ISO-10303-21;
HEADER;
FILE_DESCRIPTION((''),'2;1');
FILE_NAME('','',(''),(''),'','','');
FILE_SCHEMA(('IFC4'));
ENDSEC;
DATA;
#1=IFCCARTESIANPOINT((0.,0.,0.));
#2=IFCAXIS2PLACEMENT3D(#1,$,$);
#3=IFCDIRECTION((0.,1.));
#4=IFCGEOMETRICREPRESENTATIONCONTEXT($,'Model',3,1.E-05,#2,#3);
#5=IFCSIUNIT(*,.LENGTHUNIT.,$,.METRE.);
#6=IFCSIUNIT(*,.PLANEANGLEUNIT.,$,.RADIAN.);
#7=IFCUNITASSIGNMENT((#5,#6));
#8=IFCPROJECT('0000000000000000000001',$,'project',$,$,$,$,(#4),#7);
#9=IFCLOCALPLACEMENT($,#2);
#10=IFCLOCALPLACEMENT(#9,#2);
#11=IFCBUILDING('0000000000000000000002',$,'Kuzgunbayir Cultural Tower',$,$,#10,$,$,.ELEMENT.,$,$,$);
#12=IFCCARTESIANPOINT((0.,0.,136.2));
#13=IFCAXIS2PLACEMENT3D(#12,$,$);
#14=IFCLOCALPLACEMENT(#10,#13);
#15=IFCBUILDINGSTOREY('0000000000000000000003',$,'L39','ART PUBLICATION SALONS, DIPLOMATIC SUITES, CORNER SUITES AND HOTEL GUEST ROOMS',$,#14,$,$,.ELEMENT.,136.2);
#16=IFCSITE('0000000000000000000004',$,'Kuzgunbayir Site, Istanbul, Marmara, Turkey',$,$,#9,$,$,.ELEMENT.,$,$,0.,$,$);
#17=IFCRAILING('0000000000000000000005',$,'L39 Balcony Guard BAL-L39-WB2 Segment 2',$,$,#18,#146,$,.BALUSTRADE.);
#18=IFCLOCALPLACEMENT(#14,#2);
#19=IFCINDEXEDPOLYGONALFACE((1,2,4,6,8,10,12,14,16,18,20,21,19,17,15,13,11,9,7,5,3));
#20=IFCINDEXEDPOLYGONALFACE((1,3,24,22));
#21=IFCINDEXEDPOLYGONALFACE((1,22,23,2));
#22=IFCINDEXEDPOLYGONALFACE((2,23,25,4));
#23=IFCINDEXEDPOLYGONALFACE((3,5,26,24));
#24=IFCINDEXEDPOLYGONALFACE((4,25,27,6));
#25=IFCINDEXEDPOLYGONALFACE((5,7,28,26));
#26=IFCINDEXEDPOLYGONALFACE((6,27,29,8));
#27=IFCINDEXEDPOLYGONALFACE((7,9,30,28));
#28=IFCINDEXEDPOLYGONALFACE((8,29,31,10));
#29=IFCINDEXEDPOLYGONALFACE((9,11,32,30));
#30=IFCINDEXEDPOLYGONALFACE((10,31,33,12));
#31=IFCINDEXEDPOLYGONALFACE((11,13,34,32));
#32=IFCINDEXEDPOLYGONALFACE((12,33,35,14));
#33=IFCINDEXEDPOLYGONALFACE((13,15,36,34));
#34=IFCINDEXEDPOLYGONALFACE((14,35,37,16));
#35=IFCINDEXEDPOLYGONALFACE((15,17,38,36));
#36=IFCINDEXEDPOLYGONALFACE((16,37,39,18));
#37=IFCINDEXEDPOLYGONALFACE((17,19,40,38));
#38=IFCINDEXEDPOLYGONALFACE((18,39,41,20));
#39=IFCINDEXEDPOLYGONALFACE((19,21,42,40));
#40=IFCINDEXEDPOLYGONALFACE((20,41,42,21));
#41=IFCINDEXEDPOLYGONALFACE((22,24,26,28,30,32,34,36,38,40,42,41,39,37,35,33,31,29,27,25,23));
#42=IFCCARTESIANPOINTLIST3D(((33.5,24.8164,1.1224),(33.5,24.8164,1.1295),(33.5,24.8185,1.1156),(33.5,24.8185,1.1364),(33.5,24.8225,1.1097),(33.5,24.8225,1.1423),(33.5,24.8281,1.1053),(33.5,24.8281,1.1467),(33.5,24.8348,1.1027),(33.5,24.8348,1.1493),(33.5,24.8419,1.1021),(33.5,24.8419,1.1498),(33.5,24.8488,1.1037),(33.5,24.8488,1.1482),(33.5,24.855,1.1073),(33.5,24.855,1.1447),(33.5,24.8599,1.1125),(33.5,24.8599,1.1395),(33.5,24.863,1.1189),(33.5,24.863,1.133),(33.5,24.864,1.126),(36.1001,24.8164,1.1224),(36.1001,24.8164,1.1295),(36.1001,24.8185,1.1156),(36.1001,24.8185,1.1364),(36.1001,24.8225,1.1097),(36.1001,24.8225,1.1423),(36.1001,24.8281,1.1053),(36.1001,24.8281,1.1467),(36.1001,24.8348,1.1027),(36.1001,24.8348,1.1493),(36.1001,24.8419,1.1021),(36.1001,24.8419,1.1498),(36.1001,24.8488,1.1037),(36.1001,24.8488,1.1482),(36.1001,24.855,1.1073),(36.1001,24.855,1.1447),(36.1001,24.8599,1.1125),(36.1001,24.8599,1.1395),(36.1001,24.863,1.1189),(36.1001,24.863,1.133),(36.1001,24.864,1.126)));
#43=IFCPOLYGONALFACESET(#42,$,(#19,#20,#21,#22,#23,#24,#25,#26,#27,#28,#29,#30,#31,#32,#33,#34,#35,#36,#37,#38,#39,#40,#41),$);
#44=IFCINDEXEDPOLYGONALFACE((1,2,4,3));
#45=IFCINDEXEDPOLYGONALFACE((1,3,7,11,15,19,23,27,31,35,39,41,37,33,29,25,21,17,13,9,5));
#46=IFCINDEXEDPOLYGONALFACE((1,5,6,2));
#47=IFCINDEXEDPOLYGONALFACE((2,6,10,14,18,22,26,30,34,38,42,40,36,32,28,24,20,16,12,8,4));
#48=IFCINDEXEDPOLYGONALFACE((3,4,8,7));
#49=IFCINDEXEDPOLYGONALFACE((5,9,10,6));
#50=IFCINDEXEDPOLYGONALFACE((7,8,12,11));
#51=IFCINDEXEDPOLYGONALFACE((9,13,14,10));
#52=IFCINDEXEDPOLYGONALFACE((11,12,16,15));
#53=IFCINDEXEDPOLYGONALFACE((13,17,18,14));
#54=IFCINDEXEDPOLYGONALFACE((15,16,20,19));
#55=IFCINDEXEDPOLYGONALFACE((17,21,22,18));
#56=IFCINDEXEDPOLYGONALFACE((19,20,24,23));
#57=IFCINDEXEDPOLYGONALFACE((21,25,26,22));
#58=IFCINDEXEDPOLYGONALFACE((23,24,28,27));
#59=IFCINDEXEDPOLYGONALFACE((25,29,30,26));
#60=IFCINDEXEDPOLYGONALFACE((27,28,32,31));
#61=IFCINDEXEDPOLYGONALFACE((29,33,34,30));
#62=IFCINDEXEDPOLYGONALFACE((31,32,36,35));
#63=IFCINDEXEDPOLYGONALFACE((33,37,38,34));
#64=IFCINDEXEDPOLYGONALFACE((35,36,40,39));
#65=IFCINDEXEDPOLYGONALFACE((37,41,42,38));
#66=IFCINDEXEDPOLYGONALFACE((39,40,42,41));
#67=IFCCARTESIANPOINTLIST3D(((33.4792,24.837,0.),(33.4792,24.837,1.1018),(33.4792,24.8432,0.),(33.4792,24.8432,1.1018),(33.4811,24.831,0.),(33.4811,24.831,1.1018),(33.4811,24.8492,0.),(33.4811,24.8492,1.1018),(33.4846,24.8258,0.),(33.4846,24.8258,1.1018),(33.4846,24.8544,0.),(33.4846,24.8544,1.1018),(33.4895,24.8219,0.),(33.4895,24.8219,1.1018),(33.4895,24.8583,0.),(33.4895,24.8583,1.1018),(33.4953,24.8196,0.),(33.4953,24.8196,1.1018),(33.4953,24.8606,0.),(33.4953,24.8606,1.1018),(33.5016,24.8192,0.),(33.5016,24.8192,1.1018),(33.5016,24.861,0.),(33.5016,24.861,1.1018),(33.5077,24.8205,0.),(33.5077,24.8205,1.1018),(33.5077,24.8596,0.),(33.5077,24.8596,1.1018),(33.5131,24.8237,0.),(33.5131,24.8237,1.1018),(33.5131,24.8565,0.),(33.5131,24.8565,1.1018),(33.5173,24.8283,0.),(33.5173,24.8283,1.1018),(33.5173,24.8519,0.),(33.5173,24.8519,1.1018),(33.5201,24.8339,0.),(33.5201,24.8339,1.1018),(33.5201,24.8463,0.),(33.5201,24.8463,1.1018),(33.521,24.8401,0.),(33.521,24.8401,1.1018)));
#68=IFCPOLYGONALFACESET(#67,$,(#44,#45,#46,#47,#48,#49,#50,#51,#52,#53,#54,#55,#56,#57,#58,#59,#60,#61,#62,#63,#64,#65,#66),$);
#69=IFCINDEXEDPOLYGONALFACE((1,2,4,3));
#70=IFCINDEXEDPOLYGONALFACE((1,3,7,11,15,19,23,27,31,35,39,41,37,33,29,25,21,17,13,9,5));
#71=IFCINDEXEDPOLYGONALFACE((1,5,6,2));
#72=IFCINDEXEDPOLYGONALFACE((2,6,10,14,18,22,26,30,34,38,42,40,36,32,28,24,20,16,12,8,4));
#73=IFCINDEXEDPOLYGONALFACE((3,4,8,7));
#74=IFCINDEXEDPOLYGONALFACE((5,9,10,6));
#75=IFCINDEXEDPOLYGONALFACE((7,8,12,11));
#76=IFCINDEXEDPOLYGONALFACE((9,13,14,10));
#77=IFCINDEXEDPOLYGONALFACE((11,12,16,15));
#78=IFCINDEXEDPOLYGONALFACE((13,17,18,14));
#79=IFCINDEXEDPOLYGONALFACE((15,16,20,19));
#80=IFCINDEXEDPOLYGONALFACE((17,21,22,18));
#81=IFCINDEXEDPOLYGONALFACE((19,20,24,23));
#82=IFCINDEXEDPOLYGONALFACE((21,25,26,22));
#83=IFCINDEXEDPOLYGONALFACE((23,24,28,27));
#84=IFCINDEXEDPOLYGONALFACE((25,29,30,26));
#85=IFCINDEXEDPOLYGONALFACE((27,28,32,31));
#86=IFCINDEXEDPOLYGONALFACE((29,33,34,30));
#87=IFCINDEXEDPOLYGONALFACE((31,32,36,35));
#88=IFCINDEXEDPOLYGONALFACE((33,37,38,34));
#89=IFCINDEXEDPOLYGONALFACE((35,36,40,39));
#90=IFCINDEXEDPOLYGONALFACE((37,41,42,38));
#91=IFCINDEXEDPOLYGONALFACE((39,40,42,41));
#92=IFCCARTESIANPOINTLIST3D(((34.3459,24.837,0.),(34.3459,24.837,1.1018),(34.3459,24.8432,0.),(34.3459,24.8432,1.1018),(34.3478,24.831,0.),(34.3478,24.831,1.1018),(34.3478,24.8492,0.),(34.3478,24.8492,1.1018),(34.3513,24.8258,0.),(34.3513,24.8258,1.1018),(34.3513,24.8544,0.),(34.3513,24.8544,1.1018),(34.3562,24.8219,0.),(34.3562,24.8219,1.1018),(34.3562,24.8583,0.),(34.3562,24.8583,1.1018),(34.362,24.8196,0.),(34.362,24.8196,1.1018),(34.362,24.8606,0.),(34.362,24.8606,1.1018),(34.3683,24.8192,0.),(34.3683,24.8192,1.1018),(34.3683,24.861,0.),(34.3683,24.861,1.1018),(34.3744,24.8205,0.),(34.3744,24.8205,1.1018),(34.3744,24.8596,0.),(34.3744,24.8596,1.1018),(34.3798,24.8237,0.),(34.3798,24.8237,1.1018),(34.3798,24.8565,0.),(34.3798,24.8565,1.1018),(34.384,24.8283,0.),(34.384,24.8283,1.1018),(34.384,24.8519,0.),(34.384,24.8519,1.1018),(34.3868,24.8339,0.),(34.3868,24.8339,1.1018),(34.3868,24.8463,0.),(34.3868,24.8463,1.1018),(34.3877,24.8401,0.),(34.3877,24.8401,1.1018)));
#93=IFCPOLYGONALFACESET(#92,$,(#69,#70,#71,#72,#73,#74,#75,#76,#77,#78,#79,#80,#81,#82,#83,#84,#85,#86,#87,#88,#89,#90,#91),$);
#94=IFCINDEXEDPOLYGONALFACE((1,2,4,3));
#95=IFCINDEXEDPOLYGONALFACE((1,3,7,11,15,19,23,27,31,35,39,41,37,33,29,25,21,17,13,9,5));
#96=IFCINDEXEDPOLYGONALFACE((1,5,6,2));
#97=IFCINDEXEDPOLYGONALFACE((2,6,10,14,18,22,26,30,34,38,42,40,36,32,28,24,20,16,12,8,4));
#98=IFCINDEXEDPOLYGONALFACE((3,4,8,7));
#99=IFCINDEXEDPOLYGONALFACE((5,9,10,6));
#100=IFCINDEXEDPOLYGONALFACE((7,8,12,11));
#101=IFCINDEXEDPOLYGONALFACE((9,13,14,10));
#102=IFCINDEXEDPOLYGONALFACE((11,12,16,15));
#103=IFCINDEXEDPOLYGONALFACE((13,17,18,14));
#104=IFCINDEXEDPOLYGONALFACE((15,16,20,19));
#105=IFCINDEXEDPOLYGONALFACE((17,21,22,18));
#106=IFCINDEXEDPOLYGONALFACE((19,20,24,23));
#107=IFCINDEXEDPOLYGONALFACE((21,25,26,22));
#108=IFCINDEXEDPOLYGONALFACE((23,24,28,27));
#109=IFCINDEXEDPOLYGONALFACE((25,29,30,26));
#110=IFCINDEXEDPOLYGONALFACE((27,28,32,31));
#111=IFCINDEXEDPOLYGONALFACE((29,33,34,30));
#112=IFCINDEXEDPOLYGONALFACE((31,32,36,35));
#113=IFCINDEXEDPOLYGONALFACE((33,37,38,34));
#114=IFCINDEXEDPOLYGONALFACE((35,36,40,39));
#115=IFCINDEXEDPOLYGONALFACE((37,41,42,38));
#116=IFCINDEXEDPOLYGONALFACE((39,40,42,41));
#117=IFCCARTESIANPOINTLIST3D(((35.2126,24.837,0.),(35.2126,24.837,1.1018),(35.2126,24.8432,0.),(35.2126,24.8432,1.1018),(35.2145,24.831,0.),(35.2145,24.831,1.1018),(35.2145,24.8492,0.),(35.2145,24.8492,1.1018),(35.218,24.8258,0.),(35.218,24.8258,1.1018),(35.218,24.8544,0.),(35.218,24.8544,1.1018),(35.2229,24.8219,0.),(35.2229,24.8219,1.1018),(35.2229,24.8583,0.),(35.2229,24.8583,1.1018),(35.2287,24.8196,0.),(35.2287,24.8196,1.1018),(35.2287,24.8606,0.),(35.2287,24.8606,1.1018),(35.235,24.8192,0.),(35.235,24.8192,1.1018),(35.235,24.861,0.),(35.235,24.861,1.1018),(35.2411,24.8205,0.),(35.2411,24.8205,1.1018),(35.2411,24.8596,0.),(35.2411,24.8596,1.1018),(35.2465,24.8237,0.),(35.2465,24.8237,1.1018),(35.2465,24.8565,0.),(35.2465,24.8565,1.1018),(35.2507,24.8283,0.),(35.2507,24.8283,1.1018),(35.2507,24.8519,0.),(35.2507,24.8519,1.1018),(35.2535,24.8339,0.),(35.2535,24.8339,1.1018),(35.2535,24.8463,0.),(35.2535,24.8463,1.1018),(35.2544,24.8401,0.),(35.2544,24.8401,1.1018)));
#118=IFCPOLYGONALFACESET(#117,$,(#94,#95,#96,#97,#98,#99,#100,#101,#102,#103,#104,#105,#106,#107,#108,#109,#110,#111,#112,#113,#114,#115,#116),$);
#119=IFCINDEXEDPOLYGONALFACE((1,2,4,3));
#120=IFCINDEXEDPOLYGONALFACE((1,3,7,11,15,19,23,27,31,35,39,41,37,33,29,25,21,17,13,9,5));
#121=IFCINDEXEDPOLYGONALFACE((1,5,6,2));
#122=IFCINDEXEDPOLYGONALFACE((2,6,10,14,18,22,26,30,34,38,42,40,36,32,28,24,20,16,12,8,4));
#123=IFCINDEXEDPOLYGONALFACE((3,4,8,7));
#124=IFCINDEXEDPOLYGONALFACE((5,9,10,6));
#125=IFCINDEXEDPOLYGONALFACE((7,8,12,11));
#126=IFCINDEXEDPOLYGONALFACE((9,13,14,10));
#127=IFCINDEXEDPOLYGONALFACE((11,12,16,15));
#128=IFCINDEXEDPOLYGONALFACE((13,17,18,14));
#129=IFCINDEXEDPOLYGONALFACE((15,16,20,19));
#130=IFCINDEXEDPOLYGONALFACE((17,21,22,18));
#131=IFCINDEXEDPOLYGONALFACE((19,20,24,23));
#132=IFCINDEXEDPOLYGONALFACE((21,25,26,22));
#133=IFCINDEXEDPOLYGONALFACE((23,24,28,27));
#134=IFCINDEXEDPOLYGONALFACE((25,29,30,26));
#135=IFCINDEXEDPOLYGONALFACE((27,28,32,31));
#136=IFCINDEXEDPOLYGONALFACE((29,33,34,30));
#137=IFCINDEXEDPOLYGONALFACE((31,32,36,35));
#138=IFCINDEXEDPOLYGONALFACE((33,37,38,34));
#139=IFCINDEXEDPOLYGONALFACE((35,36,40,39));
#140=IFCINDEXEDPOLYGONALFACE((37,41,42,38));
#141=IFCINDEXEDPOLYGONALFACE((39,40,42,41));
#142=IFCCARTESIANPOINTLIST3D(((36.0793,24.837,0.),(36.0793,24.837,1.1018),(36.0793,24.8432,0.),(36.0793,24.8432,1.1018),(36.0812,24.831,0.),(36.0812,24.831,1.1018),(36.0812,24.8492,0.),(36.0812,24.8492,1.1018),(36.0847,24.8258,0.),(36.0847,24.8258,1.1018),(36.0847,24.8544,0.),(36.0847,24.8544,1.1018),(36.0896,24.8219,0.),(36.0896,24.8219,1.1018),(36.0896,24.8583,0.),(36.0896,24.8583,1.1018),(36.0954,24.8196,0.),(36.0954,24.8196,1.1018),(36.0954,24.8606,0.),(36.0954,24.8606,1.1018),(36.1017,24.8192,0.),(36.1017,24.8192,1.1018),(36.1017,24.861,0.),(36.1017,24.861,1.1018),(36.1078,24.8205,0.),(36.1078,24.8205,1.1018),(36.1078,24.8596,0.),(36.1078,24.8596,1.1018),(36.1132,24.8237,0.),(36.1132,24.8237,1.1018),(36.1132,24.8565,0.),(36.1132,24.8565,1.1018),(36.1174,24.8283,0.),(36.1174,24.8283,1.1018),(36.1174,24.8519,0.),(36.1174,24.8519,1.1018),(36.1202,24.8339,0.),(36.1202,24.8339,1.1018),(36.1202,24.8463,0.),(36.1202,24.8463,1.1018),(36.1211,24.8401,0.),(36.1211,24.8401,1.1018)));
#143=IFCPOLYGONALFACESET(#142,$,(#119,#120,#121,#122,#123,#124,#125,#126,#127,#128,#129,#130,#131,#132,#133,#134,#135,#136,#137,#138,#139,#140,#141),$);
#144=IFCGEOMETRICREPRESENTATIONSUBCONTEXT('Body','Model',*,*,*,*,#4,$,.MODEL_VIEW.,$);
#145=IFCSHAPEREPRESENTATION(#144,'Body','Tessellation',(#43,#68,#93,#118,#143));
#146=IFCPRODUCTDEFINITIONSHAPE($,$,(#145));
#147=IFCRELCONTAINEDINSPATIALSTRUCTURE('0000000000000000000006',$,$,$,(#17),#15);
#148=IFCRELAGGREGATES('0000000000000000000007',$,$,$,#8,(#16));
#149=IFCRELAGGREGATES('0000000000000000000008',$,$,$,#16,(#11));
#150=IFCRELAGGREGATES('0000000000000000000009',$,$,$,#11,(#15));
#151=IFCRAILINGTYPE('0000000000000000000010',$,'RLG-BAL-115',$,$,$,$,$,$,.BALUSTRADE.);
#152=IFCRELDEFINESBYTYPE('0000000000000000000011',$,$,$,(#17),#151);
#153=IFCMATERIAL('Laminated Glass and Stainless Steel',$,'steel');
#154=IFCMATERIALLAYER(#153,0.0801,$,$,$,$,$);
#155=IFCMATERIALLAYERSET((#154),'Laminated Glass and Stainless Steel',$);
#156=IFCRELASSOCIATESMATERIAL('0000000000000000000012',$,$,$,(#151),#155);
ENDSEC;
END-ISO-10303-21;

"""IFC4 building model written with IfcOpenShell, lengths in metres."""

from ifc_helpers import new_model, si_unit, direction, frame, origin, origin_2d, place, context, subcontext, project, spatial, circle, extrude, material, layer, layer_set, type_object, element, save


model = new_model("IFC4")

# Units and contexts
model_context = context("Model", 3, precision=1e-05, world=origin(), true_north=direction((0.0, 1.0)))
body_context = subcontext(model_context, "Body", "Model", "MODEL_VIEW")
ifc_project = project(units=[si_unit("LENGTHUNIT", "METRE"), si_unit("PLANEANGLEUNIT", "RADIAN")], contexts=[model_context])

# Site, building, storey
site_placement = place(None, origin())
site = spatial("IfcSite", under=ifc_project, at=site_placement, Name="Kuzgunbayir Site, Istanbul, Marmara, Turkey", CompositionType="ELEMENT", RefElevation=0.0)
building_placement = place(site_placement, origin())
building = spatial("IfcBuilding", under=site, at=building_placement, Name="Kuzgunbayir Cultural Tower", CompositionType="ELEMENT")
storey_placement = place(building_placement, frame((0.0, 0.0, 136.2)))
storey = spatial("IfcBuildingStorey", under=building, at=storey_placement, Name="L39", Description="ART PUBLICATION SALONS, DIPLOMATIC SUITES, CORNER SUITES AND HOTEL GUEST ROOMS", CompositionType="ELEMENT", Elevation=136.2)

# Railing
ifc_material_1 = material(Name="Laminated Glass and Stainless Steel", Category="steel")
ifc_layer_1 = layer(ifc_material_1, 0.0801)
ifc_layer_set_1 = layer_set([ifc_layer_1], Name="Laminated Glass and Stainless Steel")
railing_type = type_object("IfcRailingType", Name="RLG-BAL-115", PredefinedType="BALUSTRADE", material=ifc_layer_set_1)
railing_1_placement = place(storey_placement, frame((33.5, 24.8401, 0.0)))
element("IfcRailing", 1, at=railing_1_placement, inside=storey, type_object=railing_type, Name="L39 Balcony Guard BAL-L39-WB2 Segment 2", PredefinedType="BALUSTRADE", context=body_context, shape_type="SweptSolid", body=[
    extrude(circle(Radius=0.0239, at=origin_2d()), frame((0.0, 0.0, 1.126), z_axis=(1.0, 0.0, 0.0), x_axis=(0.0, 1.0, 0.0)), (0.0, 0.0, 1.0), 2.6001),
    extrude(circle(Radius=0.021, at=origin_2d()), origin(), (0.0, 0.0, 1.0), 1.1018),
    extrude(circle(Radius=0.021, at=origin_2d()), frame((0.8667, 0.0, 0.0)), (0.0, 0.0, 1.0), 1.1018),
    extrude(circle(Radius=0.021, at=origin_2d()), frame((1.7334, 0.0, 0.0)), (0.0, 0.0, 1.0), 1.1018),
    extrude(circle(Radius=0.021, at=origin_2d()), frame((2.6001, 0.0, 0.0)), (0.0, 0.0, 1.0), 1.1018),
])

save(model, "model.ifc")
